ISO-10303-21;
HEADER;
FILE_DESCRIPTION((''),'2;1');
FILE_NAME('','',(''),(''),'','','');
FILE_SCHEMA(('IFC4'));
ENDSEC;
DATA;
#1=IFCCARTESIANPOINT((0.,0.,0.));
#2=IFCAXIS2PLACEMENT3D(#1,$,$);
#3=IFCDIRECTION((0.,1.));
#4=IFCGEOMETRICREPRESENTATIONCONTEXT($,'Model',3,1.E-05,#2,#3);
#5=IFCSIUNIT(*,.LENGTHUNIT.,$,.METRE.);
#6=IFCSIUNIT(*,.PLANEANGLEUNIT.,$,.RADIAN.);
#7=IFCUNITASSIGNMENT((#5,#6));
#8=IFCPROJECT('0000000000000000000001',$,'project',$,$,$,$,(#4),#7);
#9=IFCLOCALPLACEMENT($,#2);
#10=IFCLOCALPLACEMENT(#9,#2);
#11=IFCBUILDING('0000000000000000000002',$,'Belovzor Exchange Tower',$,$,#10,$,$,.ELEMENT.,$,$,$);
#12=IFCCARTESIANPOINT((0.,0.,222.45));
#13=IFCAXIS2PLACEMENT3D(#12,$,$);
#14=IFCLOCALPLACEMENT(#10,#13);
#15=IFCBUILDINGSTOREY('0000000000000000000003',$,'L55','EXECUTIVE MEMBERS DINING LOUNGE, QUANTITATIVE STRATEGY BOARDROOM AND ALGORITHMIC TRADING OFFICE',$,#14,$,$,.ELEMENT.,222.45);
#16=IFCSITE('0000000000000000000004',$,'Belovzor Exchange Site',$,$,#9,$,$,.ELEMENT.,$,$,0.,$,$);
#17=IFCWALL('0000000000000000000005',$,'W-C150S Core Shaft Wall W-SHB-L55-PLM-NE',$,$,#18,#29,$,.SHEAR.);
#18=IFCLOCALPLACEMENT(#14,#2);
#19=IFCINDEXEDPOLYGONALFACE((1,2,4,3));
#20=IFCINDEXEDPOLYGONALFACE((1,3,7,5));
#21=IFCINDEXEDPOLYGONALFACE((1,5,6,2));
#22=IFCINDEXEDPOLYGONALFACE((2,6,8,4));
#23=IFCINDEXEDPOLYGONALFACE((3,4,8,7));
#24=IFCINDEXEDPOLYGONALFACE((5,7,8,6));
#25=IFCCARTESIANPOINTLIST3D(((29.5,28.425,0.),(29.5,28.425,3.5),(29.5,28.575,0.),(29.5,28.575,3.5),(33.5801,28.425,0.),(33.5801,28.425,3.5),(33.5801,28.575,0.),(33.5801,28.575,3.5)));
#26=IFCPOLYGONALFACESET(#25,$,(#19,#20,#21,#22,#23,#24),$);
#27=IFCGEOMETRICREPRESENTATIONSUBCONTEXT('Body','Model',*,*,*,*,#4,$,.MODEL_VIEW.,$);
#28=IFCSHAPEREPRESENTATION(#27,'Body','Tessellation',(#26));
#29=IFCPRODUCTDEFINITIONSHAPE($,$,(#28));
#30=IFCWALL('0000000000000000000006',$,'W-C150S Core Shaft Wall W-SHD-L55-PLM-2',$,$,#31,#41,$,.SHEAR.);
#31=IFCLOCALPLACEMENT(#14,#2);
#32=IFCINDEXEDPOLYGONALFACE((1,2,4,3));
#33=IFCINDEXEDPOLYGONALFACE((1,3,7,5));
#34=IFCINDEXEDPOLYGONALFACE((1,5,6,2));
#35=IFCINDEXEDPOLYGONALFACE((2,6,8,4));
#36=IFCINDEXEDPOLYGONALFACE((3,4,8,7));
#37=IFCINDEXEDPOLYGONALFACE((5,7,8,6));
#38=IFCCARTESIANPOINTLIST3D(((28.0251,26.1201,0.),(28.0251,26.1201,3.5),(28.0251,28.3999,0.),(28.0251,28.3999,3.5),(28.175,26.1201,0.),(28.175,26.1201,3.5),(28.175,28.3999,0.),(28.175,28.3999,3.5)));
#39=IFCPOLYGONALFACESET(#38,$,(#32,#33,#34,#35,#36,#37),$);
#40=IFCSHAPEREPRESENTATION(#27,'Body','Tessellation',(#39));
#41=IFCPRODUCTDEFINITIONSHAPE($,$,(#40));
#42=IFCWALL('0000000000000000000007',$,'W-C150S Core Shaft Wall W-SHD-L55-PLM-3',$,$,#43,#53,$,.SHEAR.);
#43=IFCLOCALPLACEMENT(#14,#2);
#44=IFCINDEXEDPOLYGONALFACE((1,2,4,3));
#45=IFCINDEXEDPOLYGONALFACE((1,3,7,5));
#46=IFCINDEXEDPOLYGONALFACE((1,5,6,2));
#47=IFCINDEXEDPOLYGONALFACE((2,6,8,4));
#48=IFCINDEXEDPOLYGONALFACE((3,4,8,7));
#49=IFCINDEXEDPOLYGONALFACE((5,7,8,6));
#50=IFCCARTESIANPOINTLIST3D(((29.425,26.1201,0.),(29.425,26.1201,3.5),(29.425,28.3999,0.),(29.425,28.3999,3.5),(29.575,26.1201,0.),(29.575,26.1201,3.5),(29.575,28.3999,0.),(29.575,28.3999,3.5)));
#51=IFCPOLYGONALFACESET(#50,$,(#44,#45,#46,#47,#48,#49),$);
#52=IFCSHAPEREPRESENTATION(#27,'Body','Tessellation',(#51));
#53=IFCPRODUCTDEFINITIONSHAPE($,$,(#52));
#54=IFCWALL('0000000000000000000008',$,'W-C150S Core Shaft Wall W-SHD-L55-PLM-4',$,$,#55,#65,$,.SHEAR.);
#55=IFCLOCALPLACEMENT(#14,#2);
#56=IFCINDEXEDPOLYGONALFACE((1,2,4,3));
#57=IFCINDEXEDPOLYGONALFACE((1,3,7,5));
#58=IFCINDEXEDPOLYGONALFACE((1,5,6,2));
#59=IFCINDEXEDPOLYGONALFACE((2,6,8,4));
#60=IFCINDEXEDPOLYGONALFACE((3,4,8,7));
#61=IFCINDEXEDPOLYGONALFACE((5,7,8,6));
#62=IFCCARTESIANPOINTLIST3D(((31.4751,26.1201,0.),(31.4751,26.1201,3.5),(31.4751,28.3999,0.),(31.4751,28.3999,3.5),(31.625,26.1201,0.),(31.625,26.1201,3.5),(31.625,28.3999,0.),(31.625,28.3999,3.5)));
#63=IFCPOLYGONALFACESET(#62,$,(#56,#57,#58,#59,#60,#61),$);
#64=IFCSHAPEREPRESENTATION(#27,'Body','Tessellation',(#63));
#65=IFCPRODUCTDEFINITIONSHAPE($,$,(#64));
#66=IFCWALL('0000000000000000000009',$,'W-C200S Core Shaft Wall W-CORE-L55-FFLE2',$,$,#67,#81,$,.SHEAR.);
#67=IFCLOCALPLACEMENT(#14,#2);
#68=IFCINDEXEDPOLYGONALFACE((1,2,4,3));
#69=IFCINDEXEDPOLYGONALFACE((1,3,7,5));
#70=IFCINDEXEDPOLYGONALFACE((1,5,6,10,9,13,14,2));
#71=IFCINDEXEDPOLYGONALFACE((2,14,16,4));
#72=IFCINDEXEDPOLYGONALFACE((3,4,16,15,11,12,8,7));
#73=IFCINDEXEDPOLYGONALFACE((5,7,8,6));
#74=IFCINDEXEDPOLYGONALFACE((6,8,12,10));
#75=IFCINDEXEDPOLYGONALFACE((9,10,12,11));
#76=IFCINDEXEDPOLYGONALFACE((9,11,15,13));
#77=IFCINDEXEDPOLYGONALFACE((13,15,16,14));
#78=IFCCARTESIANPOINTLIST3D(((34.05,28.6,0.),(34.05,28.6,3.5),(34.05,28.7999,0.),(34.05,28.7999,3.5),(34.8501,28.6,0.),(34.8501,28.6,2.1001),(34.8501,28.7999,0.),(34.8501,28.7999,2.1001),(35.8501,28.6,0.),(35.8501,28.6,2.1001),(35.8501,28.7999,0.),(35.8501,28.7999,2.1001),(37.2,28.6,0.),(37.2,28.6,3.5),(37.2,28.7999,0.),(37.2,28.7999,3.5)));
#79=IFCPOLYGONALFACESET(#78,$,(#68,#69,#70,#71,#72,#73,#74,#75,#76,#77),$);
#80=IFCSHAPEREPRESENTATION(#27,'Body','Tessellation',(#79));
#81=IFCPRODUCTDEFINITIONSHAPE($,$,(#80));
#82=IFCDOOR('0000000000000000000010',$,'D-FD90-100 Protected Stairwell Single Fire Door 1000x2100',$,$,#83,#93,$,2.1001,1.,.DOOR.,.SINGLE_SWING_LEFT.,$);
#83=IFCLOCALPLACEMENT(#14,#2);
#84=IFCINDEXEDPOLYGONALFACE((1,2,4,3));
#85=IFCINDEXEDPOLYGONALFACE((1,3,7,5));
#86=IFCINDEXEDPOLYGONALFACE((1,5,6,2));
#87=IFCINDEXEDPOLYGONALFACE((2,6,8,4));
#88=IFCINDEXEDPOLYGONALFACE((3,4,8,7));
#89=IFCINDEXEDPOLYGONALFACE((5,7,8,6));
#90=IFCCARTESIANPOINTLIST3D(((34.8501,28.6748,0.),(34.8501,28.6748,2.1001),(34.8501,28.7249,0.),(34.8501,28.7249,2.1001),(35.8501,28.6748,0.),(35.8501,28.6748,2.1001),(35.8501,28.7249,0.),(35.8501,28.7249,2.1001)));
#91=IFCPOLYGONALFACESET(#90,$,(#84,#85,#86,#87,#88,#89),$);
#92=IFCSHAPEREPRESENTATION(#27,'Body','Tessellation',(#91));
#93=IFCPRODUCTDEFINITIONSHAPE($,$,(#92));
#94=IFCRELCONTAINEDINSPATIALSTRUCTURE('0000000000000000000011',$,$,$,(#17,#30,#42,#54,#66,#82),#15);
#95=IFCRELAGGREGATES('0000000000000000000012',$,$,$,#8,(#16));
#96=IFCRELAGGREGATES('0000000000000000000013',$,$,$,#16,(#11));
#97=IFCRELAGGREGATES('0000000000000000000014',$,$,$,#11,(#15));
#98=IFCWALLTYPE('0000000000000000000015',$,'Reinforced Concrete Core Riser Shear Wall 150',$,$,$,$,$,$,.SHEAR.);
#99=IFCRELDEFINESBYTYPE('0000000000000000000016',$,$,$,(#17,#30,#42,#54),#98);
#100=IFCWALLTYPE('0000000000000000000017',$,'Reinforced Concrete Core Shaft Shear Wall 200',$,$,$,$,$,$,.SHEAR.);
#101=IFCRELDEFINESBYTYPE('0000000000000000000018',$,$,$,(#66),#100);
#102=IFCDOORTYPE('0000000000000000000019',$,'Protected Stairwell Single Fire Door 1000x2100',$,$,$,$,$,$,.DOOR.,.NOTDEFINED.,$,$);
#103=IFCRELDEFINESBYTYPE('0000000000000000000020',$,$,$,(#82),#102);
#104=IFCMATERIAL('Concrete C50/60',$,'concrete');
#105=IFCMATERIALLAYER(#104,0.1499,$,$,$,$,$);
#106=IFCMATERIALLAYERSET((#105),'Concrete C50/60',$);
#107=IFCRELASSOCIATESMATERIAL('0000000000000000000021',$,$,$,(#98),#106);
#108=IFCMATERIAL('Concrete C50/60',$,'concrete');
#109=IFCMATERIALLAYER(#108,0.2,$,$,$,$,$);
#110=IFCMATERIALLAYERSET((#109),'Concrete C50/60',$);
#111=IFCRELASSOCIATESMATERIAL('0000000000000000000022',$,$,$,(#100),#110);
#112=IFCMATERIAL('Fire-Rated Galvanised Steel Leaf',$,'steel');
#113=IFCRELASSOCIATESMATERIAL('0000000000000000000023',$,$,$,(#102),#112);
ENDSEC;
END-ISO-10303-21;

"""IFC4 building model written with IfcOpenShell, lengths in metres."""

from ifc_helpers import new_model, si_unit, direction, frame, frame_2d, origin, place, context, subcontext, project, spatial, rectangle, extrude, material, layer, layer_set, type_object, element, fill, save


model = new_model("IFC4")

# Units and contexts
model_context = context("Model", 3, precision=1e-05, world=origin(), true_north=direction((0.0, 1.0)))
body_context = subcontext(model_context, "Body", "Model", "MODEL_VIEW")
ifc_project = project(units=[si_unit("LENGTHUNIT", "METRE"), si_unit("PLANEANGLEUNIT", "RADIAN")], contexts=[model_context])

# Site, building, storey
site_placement = place(None, origin())
site = spatial("IfcSite", under=ifc_project, at=site_placement, Name="Belovzor Exchange Site", CompositionType="ELEMENT", RefElevation=0.0)
building_placement = place(site_placement, origin())
building = spatial("IfcBuilding", under=site, at=building_placement, Name="Belovzor Exchange Tower", CompositionType="ELEMENT")
storey_placement = place(building_placement, frame((0.0, 0.0, 222.45)))
storey = spatial("IfcBuildingStorey", under=building, at=storey_placement, Name="L55", Description="EXECUTIVE MEMBERS DINING LOUNGE, QUANTITATIVE STRATEGY BOARDROOM AND ALGORITHMIC TRADING OFFICE", CompositionType="ELEMENT", Elevation=222.45)

# Walls
ifc_material_1 = material(Name="Concrete C50/60", Category="concrete")
ifc_layer_1 = layer(ifc_material_1, 0.1499)
ifc_layer_set_1 = layer_set([ifc_layer_1], Name="Concrete C50/60")
wall_type_1 = type_object("IfcWallType", Name="Reinforced Concrete Core Riser Shear Wall 150", PredefinedType="SHEAR", material=ifc_layer_set_1)
wall_1_placement = place(storey_placement, frame((29.5, 28.5, 0.0), z_axis=(0.0, 0.0, 1.0), x_axis=(1.0, 0.0, 0.0)))
element("IfcWall", 1, at=wall_1_placement, inside=storey, type_object=wall_type_1, Name="W-C150S Core Shaft Wall W-SHB-L55-PLM-NE", PredefinedType="SHEAR", context=body_context, shape_type="SweptSolid", body=[
    extrude(rectangle(XDim=4.0801, YDim=0.1499, at=frame_2d((2.04, 0.0))), origin(), (0.0, 0.0, 1.0), 3.5),
])
for number, where, z_axis, x_axis, name in (
    (2, (28.1001, 26.1201, 0.0), (0.0, 0.0, 1.0), (0.0, 1.0, 0.0), "W-C150S Core Shaft Wall W-SHD-L55-PLM-2"),
    (3, (29.5, 26.1201, 0.0), (0.0, 0.0, 1.0), (0.0, 1.0, 0.0), "W-C150S Core Shaft Wall W-SHD-L55-PLM-3"),
    (4, (31.55, 26.1201, 0.0), (0.0, 0.0, 1.0), (0.0, 1.0, 0.0), "W-C150S Core Shaft Wall W-SHD-L55-PLM-4"),
):
    element("IfcWall", number, at=place(storey_placement, frame(where, z_axis=z_axis, x_axis=x_axis)), inside=storey, type_object=wall_type_1, Name=name, PredefinedType="SHEAR", context=body_context, shape_type="SweptSolid", body=[
        extrude(rectangle(XDim=2.2798, YDim=0.1499, at=frame_2d((1.1399, 0.0))), origin(), (0.0, 0.0, 1.0), 3.5),
    ])

# Wall, opening, door
ifc_material_2 = material(Name="Concrete C50/60", Category="concrete")
ifc_layer_2 = layer(ifc_material_2, 0.2)
ifc_layer_set_2 = layer_set([ifc_layer_2], Name="Concrete C50/60")
wall_type_2 = type_object("IfcWallType", Name="Reinforced Concrete Core Shaft Shear Wall 200", PredefinedType="SHEAR", material=ifc_layer_set_2)
wall_2_placement = place(storey_placement, frame((34.05, 28.7, 0.0), z_axis=(0.0, 0.0, 1.0), x_axis=(1.0, 0.0, 0.0)))
wall_2 = element("IfcWall", 5, at=wall_2_placement, inside=storey, type_object=wall_type_2, Name="W-C200S Core Shaft Wall W-CORE-L55-FFLE2", PredefinedType="SHEAR", context=body_context, shape_type="SweptSolid", body=[
    extrude(rectangle(XDim=3.1499, YDim=0.2, at=frame_2d((1.575, 0.0))), origin(), (0.0, 0.0, 1.0), 3.5),
])
opening_1_placement = place(wall_2_placement, frame((0.8, 0.0, 0.0)))
opening_1 = element("IfcOpeningElement", 6, at=opening_1_placement, cuts=wall_2, PredefinedType="OPENING", context=body_context, shape_type="SweptSolid", body=[
    extrude(rectangle(XDim=1.0, YDim=2.1001, at=frame_2d((0.5, 1.05))), frame((0.0, 0.1099, 0.0), z_axis=(0.0, -1.0, 0.0), x_axis=(1.0, 0.0, 0.0)), (0.0, 0.0, 1.0), 0.22),
])
ifc_material_3 = material(Name="Fire-Rated Galvanised Steel Leaf", Category="steel")
door_type_1 = type_object("IfcDoorType", Name="Protected Stairwell Single Fire Door 1000x2100", OperationType="NOTDEFINED", PredefinedType="DOOR", material=ifc_material_3)
door_1_placement = place(opening_1_placement, origin())
door_1 = element("IfcDoor", 7, at=door_1_placement, inside=storey, type_object=door_type_1, Name="D-FD90-100 Protected Stairwell Single Fire Door 1000x2100", OperationType="SINGLE_SWING_LEFT", OverallHeight=2.1001, OverallWidth=1.0, PredefinedType="DOOR", context=body_context, shape_type="SweptSolid", body=[
    extrude(rectangle(XDim=1.0, YDim=2.1001, at=frame_2d((0.5, 1.05))), frame((0.0, 0.0249, 0.0), z_axis=(0.0, -1.0, 0.0), x_axis=(1.0, 0.0, 0.0)), (0.0, 0.0, 1.0), 0.05),
])
fill(opening_1, door_1)

save(model, "model.ifc")
